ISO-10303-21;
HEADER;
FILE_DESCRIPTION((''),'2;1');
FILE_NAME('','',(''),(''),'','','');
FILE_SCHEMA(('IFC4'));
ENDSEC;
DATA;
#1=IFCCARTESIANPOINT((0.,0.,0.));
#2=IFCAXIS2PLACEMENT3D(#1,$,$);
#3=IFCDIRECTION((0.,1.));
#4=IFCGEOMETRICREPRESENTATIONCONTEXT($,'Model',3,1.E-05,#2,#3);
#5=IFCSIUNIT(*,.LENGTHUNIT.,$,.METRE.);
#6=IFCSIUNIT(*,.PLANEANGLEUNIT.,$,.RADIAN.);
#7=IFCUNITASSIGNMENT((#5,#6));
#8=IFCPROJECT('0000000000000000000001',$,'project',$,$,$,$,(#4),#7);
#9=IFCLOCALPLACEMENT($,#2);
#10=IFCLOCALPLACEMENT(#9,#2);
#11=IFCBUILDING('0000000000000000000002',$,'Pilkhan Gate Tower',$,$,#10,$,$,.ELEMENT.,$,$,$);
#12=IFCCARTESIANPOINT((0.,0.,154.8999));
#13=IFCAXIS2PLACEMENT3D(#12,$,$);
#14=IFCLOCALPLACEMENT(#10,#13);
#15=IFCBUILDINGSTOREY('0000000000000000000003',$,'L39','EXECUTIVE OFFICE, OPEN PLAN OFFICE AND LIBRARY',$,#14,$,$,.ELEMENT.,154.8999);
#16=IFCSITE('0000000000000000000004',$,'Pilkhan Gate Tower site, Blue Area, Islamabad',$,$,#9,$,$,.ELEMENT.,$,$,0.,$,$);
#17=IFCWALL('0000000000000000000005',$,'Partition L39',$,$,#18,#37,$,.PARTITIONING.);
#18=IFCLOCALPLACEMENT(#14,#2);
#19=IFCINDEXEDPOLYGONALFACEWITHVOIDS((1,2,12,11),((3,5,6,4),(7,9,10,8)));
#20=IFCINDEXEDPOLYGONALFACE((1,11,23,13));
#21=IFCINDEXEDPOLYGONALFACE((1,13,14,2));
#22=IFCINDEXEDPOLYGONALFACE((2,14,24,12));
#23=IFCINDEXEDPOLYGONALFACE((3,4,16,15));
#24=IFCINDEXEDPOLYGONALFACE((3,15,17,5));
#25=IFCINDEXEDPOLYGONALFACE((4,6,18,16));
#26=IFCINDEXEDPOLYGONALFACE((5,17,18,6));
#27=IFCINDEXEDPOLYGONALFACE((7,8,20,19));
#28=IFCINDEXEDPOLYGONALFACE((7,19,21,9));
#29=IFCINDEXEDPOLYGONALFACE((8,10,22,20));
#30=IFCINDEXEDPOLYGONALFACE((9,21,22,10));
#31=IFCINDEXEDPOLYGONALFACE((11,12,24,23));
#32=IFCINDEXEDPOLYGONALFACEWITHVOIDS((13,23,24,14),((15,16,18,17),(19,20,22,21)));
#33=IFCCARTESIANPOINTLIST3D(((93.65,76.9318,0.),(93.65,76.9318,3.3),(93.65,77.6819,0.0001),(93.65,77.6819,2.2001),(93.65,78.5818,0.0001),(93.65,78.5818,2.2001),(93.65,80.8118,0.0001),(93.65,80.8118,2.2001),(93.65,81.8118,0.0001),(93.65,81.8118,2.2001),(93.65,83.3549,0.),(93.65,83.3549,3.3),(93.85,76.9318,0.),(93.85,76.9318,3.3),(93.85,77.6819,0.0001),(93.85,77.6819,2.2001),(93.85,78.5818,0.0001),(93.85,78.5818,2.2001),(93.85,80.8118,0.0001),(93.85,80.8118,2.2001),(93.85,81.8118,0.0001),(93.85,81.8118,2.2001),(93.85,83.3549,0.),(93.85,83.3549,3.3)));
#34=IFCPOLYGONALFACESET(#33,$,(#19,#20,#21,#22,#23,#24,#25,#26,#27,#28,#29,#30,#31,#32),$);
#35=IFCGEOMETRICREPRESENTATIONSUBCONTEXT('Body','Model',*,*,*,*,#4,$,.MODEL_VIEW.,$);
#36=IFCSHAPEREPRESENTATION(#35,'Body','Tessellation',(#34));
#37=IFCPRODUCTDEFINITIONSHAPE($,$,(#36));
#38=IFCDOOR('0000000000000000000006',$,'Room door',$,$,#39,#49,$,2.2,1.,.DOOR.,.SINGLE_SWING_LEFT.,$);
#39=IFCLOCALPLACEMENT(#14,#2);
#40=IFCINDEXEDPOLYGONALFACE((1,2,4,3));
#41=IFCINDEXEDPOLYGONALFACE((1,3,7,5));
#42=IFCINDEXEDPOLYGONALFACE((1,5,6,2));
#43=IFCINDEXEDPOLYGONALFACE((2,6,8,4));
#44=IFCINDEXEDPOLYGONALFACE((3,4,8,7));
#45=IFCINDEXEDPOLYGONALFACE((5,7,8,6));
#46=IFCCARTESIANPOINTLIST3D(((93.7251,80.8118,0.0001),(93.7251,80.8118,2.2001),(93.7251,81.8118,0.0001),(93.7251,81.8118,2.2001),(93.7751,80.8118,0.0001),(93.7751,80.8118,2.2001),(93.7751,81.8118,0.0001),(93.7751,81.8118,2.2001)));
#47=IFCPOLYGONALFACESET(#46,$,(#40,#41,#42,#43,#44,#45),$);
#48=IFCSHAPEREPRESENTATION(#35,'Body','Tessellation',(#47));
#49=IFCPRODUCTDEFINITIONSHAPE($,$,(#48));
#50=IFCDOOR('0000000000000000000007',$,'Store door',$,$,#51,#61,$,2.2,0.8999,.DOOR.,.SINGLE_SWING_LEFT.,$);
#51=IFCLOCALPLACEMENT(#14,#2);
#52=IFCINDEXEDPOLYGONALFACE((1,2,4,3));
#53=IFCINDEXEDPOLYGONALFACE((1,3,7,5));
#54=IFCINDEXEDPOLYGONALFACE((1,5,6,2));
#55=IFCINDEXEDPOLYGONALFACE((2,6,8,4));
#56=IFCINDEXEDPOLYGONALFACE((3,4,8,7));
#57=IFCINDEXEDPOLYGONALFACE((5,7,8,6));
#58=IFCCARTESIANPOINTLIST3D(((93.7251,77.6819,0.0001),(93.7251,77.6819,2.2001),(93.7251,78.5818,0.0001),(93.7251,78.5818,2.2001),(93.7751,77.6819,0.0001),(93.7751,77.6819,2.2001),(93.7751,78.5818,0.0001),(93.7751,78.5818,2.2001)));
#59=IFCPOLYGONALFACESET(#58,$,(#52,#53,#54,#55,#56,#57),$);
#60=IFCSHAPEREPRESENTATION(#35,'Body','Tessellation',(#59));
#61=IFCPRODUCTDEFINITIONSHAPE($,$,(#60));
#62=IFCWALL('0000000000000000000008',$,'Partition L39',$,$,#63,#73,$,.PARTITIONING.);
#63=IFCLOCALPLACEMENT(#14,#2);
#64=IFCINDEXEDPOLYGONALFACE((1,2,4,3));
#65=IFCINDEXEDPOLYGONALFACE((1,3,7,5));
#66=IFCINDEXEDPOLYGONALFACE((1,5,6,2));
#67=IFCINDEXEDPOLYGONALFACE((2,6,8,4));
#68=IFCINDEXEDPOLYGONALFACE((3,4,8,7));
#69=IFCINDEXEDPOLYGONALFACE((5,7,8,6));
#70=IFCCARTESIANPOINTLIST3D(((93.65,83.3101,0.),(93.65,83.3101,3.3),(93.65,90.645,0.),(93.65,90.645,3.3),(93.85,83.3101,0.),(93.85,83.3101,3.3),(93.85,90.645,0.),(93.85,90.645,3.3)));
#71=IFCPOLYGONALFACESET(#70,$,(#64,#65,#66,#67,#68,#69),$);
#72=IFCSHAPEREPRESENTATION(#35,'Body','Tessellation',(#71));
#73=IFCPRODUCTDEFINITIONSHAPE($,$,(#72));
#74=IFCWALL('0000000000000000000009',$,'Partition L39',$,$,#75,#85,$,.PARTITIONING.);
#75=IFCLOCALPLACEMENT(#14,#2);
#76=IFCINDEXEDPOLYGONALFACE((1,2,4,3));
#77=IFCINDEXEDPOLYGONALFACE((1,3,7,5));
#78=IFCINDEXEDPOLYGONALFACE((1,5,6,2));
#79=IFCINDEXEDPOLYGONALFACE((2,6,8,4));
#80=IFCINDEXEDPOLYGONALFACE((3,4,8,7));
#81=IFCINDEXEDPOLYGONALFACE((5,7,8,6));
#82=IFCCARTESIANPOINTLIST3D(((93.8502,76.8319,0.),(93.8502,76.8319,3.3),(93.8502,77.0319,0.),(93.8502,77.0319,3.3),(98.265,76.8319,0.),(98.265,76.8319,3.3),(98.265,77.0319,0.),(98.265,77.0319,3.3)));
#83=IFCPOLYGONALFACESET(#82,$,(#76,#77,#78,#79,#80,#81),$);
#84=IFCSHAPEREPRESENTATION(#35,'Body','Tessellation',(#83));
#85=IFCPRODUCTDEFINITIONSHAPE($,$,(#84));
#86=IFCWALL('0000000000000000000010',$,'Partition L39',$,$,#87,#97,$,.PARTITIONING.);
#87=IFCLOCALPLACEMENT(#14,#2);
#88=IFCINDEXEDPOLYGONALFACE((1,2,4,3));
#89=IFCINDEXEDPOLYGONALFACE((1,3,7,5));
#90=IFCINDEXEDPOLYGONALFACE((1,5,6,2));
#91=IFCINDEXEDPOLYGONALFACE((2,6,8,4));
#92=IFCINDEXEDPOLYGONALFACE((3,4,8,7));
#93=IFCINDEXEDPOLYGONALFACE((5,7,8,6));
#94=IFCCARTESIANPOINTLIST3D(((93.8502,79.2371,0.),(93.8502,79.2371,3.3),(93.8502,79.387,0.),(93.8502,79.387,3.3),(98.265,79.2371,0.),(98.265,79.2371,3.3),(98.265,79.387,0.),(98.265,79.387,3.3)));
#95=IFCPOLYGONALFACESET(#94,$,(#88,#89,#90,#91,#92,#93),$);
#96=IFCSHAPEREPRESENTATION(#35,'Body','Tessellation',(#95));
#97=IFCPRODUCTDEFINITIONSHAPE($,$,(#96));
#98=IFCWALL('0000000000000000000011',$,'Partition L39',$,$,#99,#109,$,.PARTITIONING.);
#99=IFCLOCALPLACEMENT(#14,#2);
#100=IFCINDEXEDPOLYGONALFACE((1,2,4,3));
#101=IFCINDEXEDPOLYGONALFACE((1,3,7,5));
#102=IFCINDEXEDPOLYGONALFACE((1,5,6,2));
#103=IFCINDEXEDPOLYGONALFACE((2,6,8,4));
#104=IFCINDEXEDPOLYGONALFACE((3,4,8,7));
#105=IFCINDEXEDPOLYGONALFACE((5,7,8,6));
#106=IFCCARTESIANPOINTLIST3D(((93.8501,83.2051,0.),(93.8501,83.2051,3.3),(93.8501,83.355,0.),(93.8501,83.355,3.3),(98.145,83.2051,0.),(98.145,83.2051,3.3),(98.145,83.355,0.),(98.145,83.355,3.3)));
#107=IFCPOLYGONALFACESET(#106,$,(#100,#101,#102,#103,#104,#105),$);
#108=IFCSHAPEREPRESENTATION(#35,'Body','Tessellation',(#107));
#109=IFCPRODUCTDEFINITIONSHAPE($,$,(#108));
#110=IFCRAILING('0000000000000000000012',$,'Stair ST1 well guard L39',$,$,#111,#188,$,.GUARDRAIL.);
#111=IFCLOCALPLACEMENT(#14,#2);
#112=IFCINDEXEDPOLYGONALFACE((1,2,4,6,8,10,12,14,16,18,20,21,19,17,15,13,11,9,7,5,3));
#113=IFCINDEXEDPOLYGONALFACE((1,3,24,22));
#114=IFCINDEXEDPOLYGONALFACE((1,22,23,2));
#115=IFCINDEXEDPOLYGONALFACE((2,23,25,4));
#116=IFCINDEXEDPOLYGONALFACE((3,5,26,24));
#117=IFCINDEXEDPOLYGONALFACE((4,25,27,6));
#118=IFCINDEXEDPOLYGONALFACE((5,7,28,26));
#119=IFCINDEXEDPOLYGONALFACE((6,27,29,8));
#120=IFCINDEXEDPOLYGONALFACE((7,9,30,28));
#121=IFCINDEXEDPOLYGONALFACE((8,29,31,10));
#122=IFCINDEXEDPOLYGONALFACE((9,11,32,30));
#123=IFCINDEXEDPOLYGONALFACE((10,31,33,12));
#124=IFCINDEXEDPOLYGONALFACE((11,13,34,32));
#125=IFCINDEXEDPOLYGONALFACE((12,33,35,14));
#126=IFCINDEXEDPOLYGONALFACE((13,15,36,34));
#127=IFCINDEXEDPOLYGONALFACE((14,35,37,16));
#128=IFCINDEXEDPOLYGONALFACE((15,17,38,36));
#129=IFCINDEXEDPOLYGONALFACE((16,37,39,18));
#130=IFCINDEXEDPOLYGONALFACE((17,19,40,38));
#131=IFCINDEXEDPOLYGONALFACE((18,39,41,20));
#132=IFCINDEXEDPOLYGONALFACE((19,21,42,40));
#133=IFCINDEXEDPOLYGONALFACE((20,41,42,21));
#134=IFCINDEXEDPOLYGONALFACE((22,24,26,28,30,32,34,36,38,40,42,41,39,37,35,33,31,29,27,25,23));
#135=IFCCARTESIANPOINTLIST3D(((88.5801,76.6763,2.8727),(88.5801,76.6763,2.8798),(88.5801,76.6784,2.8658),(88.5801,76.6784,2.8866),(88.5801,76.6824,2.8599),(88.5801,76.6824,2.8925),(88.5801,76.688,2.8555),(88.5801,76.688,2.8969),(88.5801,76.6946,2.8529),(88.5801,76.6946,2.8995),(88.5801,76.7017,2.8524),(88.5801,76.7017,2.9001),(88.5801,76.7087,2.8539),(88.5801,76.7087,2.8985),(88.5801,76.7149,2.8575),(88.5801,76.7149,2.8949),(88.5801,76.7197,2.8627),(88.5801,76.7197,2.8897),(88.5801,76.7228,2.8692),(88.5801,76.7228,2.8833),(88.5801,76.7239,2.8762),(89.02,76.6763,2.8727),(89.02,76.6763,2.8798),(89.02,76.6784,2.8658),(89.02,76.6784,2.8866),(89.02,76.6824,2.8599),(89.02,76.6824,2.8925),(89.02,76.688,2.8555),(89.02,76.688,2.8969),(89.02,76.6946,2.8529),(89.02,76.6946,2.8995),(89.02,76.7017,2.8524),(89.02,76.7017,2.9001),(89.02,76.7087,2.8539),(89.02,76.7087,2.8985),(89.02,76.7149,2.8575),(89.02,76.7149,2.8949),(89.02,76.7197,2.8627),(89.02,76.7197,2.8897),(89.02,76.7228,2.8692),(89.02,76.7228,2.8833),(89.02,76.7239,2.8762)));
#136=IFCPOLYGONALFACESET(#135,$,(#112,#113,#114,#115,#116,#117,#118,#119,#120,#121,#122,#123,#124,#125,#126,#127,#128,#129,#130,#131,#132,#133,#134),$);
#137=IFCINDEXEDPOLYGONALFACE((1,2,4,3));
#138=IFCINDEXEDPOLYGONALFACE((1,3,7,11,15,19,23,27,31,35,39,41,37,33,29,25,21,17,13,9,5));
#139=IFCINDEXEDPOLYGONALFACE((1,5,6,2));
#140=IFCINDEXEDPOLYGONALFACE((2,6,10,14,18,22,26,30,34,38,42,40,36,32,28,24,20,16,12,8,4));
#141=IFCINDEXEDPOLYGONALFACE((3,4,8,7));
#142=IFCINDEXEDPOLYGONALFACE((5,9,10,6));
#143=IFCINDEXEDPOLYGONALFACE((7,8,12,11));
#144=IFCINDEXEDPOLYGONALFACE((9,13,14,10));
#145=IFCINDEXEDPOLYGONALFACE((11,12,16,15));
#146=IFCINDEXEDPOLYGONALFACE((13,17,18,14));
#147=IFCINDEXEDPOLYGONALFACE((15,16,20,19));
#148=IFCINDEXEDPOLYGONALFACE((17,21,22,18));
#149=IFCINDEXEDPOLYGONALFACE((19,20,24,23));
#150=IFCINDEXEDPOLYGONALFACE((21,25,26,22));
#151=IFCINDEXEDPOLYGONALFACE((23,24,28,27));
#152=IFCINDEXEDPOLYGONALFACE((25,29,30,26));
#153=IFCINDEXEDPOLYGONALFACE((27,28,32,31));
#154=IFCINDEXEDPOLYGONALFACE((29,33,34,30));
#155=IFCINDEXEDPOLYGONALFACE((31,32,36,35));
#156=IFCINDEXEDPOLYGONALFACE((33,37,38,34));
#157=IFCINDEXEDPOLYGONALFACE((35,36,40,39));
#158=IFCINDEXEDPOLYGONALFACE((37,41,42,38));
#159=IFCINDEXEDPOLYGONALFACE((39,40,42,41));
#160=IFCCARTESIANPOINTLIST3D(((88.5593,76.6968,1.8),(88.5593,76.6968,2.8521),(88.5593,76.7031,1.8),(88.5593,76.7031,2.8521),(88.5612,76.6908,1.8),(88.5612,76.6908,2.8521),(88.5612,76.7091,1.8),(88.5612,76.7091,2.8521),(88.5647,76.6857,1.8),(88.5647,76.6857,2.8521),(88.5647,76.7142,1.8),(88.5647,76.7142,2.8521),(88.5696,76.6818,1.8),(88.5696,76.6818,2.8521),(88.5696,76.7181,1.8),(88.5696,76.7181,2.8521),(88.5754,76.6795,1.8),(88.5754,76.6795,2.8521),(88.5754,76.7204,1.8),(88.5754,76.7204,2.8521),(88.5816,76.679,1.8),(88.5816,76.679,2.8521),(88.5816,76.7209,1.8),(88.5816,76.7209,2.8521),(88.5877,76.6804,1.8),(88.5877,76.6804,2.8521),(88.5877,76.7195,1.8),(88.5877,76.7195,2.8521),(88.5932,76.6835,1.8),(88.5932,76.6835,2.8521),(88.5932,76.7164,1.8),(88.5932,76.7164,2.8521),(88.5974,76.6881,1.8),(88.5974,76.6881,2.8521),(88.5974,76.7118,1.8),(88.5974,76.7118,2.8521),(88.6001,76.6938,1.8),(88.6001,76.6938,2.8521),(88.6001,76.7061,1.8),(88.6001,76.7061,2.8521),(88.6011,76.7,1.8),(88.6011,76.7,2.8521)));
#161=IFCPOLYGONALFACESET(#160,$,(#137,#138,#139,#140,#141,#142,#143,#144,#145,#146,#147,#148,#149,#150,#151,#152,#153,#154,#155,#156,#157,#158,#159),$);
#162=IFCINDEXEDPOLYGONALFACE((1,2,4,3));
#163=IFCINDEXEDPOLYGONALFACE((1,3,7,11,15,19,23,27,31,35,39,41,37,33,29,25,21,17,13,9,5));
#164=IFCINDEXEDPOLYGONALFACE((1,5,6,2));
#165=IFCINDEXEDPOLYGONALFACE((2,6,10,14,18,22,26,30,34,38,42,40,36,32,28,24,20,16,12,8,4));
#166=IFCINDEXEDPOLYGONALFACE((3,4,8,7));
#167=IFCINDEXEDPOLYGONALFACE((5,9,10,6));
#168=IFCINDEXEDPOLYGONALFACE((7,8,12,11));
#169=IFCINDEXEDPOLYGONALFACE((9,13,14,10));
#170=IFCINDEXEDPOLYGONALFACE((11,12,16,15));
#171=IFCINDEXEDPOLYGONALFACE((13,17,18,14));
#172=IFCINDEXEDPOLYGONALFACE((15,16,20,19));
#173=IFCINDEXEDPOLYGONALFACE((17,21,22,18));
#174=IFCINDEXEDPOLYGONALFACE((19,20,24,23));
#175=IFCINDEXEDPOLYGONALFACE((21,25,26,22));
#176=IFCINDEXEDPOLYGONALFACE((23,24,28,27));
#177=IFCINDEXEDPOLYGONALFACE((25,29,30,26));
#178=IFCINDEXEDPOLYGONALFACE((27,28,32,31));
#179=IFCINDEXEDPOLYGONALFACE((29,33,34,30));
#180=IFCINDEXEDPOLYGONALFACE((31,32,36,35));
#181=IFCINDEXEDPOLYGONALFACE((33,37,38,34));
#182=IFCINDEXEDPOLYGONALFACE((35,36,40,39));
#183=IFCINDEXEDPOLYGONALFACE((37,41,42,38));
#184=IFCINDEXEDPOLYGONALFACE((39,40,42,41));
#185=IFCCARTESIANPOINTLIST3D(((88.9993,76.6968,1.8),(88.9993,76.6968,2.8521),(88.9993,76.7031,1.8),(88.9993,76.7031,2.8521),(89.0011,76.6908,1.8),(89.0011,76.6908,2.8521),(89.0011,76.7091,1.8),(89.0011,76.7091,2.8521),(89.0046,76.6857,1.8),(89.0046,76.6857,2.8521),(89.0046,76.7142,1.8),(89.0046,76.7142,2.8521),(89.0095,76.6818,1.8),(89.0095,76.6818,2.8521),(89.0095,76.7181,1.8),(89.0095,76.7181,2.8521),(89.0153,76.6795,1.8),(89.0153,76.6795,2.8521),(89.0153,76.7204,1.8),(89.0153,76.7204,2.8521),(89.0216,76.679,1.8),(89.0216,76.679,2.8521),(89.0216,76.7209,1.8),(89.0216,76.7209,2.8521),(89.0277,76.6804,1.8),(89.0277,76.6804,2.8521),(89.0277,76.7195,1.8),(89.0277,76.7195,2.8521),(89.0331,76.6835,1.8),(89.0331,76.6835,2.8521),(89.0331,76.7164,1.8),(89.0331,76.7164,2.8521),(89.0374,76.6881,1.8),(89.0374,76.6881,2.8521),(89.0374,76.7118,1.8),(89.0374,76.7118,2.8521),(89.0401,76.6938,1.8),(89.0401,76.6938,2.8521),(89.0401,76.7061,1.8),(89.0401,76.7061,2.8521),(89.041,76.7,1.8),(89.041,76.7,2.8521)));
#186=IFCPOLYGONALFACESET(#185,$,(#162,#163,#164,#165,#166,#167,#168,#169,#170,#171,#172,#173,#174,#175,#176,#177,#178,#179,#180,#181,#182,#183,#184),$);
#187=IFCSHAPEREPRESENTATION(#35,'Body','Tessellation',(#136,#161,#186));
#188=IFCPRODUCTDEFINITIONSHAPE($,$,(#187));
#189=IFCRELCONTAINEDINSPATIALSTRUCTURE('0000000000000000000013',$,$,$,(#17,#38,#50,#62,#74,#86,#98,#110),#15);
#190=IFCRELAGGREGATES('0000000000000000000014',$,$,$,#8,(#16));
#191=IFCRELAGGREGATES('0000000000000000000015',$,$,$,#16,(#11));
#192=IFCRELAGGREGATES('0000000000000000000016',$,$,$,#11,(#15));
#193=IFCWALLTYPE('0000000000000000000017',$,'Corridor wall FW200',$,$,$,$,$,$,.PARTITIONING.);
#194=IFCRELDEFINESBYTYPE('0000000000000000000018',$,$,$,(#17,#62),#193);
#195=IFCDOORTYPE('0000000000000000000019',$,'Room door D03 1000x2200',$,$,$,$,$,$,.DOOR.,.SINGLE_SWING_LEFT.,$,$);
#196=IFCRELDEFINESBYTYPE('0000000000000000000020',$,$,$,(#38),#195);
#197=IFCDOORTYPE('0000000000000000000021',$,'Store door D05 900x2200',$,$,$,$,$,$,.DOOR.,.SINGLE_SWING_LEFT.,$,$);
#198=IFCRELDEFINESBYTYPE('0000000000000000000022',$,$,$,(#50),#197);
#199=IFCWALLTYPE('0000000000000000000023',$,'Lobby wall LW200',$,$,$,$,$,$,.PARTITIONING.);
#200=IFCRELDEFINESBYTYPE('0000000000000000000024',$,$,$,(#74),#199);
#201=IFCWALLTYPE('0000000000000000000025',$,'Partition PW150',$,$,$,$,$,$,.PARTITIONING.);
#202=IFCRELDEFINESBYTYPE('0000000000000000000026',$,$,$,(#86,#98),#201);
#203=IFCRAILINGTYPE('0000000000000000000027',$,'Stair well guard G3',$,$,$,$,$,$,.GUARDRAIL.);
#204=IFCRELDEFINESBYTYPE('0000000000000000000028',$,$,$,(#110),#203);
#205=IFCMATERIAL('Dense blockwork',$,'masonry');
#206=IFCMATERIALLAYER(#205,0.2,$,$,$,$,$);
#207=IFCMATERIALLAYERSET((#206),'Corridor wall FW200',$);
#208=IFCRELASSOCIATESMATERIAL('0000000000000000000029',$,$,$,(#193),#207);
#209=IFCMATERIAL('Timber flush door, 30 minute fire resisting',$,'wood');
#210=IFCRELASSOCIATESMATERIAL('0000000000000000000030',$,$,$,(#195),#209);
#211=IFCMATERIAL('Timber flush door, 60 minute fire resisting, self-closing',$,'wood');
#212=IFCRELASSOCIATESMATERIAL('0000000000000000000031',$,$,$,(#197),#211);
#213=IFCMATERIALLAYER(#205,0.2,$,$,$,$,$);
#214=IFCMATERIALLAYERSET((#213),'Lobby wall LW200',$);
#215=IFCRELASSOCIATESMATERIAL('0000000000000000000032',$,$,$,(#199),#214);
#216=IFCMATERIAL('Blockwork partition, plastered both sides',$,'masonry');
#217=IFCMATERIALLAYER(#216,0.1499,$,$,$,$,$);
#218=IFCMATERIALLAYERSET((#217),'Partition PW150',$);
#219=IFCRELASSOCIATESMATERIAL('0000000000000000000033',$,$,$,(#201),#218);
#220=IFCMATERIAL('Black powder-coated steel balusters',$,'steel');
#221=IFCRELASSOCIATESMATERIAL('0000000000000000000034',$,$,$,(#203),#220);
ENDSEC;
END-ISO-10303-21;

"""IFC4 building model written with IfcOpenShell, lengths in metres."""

from ifc_helpers import new_model, si_unit, direction, frame, frame_2d, origin, origin_2d, place, context, subcontext, project, spatial, rectangle, circle, extrude, material, layer, layer_set, type_object, element, fill, save


model = new_model("IFC4")

# Units and contexts
model_context = context("Model", 3, precision=1e-05, world=origin(), true_north=direction((0.0, 1.0)))
body_context = subcontext(model_context, "Body", "Model", "MODEL_VIEW")
ifc_project = project(units=[si_unit("LENGTHUNIT", "METRE"), si_unit("PLANEANGLEUNIT", "RADIAN")], contexts=[model_context])

# Site, building, storey
site_placement = place(None, origin())
site = spatial("IfcSite", under=ifc_project, at=site_placement, Name="Pilkhan Gate Tower site, Blue Area, Islamabad", CompositionType="ELEMENT", RefElevation=0.0)
building_placement = place(site_placement, origin())
building = spatial("IfcBuilding", under=site, at=building_placement, Name="Pilkhan Gate Tower", CompositionType="ELEMENT")
storey_placement = place(building_placement, frame((0.0, 0.0, 154.8999)))
storey = spatial("IfcBuildingStorey", under=building, at=storey_placement, Name="L39", Description="EXECUTIVE OFFICE, OPEN PLAN OFFICE AND LIBRARY", CompositionType="ELEMENT", Elevation=154.8999)

# Shared definitions
ifc_material_1 = material(Name="Dense blockwork", Category="masonry")
ifc_layer_1 = layer(ifc_material_1, 0.2)
ifc_layer_set_1 = layer_set([ifc_layer_1], Name="Corridor wall FW200")
wall_type_1 = type_object("IfcWallType", Name="Corridor wall FW200", PredefinedType="PARTITIONING", material=ifc_layer_set_1)

# Wall, openings, doors
wall_1_placement = place(storey_placement, frame((93.75, 76.9319, 0.0), z_axis=(0.0, 0.0, 1.0), x_axis=(0.0, 1.0, 0.0)))
wall_1 = element("IfcWall", 1, at=wall_1_placement, inside=storey, type_object=wall_type_1, Name="Partition L39", PredefinedType="PARTITIONING", context=body_context, shape_type="SweptSolid", body=[
    extrude(rectangle(XDim=6.4231, YDim=0.2, at=frame_2d((3.2114, 0.0))), origin(), (0.0, 0.0, 1.0), 3.3),
])
opening_1_placement = place(wall_1_placement, frame((0.75, 0.0, 0.0)))
opening_1 = element("IfcOpeningElement", 2, at=opening_1_placement, cuts=wall_1, PredefinedType="OPENING", context=body_context, shape_type="SweptSolid", body=[
    extrude(rectangle(XDim=0.8999, YDim=2.2, at=frame_2d((0.45, 1.1001))), frame((0.0, 0.1099, 0.0), z_axis=(0.0, -1.0, 0.0), x_axis=(1.0, 0.0, 0.0)), (0.0, 0.0, 1.0), 0.22),
])
opening_2_placement = place(wall_1_placement, frame((3.8799, 0.0, 0.0)))
opening_2 = element("IfcOpeningElement", 3, at=opening_2_placement, cuts=wall_1, PredefinedType="OPENING", context=body_context, shape_type="SweptSolid", body=[
    extrude(rectangle(XDim=1.0, YDim=2.2, at=frame_2d((0.5, 1.1001))), frame((0.0, 0.1099, 0.0), z_axis=(0.0, -1.0, 0.0), x_axis=(1.0, 0.0, 0.0)), (0.0, 0.0, 1.0), 0.22),
])
ifc_material_2 = material(Name="Timber flush door, 30 minute fire resisting", Category="wood")
door_type_1 = type_object("IfcDoorType", Name="Room door D03 1000x2200", OperationType="SINGLE_SWING_LEFT", PredefinedType="DOOR", material=ifc_material_2)
door_1_placement = place(opening_2_placement, origin())
door_1 = element("IfcDoor", 4, at=door_1_placement, inside=storey, type_object=door_type_1, Name="Room door", OperationType="SINGLE_SWING_LEFT", OverallHeight=2.2, OverallWidth=1.0, PredefinedType="DOOR", context=body_context, shape_type="SweptSolid", body=[
    extrude(rectangle(XDim=1.0, YDim=2.2, at=frame_2d((0.5, 1.1001))), frame((0.0, 0.0249, 0.0), z_axis=(0.0, -1.0, 0.0), x_axis=(1.0, 0.0, 0.0)), (0.0, 0.0, 1.0), 0.05),
])
fill(opening_2, door_1)
ifc_material_3 = material(Name="Timber flush door, 60 minute fire resisting, self-closing", Category="wood")
door_type_2 = type_object("IfcDoorType", Name="Store door D05 900x2200", OperationType="SINGLE_SWING_LEFT", PredefinedType="DOOR", material=ifc_material_3)
door_2_placement = place(opening_1_placement, origin())
door_2 = element("IfcDoor", 5, at=door_2_placement, inside=storey, type_object=door_type_2, Name="Store door", OperationType="SINGLE_SWING_LEFT", OverallHeight=2.2, OverallWidth=0.8999, PredefinedType="DOOR", context=body_context, shape_type="SweptSolid", body=[
    extrude(rectangle(XDim=0.8999, YDim=2.2, at=frame_2d((0.45, 1.1001))), frame((0.0, 0.0249, 0.0), z_axis=(0.0, -1.0, 0.0), x_axis=(1.0, 0.0, 0.0)), (0.0, 0.0, 1.0), 0.05),
])
fill(opening_1, door_2)

# Walls
wall_2_placement = place(storey_placement, frame((93.75, 83.3101, 0.0), z_axis=(0.0, 0.0, 1.0), x_axis=(0.0, 1.0, 0.0)))
element("IfcWall", 6, at=wall_2_placement, inside=storey, type_object=wall_type_1, Name="Partition L39", PredefinedType="PARTITIONING", context=body_context, shape_type="SweptSolid", body=[
    extrude(rectangle(XDim=7.335, YDim=0.2, at=frame_2d((3.6675, 0.0))), origin(), (0.0, 0.0, 1.0), 3.3),
])
ifc_layer_2 = layer(ifc_material_1, 0.2)
ifc_layer_set_2 = layer_set([ifc_layer_2], Name="Lobby wall LW200")
wall_type_2 = type_object("IfcWallType", Name="Lobby wall LW200", PredefinedType="PARTITIONING", material=ifc_layer_set_2)
wall_3_placement = place(storey_placement, frame((93.8501, 76.9319, 0.0), z_axis=(0.0, 0.0, 1.0), x_axis=(1.0, 0.0, 0.0)))
element("IfcWall", 7, at=wall_3_placement, inside=storey, type_object=wall_type_2, Name="Partition L39", PredefinedType="PARTITIONING", context=body_context, shape_type="SweptSolid", body=[
    extrude(rectangle(XDim=4.4148, YDim=0.2, at=frame_2d((2.2075, 0.0))), origin(), (0.0, 0.0, 1.0), 3.3),
])
ifc_material_4 = material(Name="Blockwork partition, plastered both sides", Category="masonry")
ifc_layer_3 = layer(ifc_material_4, 0.1499)
ifc_layer_set_3 = layer_set([ifc_layer_3], Name="Partition PW150")
wall_type_3 = type_object("IfcWallType", Name="Partition PW150", PredefinedType="PARTITIONING", material=ifc_layer_set_3)
wall_4_placement = place(storey_placement, frame((93.8501, 79.312, 0.0), z_axis=(0.0, 0.0, 1.0), x_axis=(1.0, 0.0, 0.0)))
element("IfcWall", 8, at=wall_4_placement, inside=storey, type_object=wall_type_3, Name="Partition L39", PredefinedType="PARTITIONING", context=body_context, shape_type="SweptSolid", body=[
    extrude(rectangle(XDim=4.4148, YDim=0.1499, at=frame_2d((2.2075, 0.0))), origin(), (0.0, 0.0, 1.0), 3.3),
])
wall_5_placement = place(storey_placement, frame((93.8501, 83.28, 0.0), z_axis=(0.0, 0.0, 1.0), x_axis=(1.0, 0.0, 0.0)))
element("IfcWall", 9, at=wall_5_placement, inside=storey, type_object=wall_type_3, Name="Partition L39", PredefinedType="PARTITIONING", context=body_context, shape_type="SweptSolid", body=[
    extrude(rectangle(XDim=4.2949, YDim=0.1499, at=frame_2d((2.1475, 0.0))), origin(), (0.0, 0.0, 1.0), 3.3),
])

# Railing
ifc_material_5 = material(Name="Black powder-coated steel balusters", Category="steel")
railing_type = type_object("IfcRailingType", Name="Stair well guard G3", PredefinedType="GUARDRAIL", material=ifc_material_5)
for number, where, name in (
    (10, (88.5801, 76.7, 1.8), "Stair ST1 well guard L39"),
):
    element("IfcRailing", number, at=place(storey_placement, frame(where)), inside=storey, type_object=railing_type, Name=name, PredefinedType="GUARDRAIL", context=body_context, shape_type="SweptSolid", body=[
        extrude(circle(Radius=0.0239, at=origin_2d()), frame((0.0, 0.0, 1.0762), z_axis=(1.0, 0.0, 0.0), x_axis=(0.0, 1.0, 0.0)), (0.0, 0.0, 1.0), 0.4399),
        extrude(circle(Radius=0.021, at=origin_2d()), origin(), (0.0, 0.0, 1.0), 1.052),
        extrude(circle(Radius=0.021, at=origin_2d()), frame((0.4399, 0.0, 0.0)), (0.0, 0.0, 1.0), 1.052),
    ])

save(model, "model.ifc")
